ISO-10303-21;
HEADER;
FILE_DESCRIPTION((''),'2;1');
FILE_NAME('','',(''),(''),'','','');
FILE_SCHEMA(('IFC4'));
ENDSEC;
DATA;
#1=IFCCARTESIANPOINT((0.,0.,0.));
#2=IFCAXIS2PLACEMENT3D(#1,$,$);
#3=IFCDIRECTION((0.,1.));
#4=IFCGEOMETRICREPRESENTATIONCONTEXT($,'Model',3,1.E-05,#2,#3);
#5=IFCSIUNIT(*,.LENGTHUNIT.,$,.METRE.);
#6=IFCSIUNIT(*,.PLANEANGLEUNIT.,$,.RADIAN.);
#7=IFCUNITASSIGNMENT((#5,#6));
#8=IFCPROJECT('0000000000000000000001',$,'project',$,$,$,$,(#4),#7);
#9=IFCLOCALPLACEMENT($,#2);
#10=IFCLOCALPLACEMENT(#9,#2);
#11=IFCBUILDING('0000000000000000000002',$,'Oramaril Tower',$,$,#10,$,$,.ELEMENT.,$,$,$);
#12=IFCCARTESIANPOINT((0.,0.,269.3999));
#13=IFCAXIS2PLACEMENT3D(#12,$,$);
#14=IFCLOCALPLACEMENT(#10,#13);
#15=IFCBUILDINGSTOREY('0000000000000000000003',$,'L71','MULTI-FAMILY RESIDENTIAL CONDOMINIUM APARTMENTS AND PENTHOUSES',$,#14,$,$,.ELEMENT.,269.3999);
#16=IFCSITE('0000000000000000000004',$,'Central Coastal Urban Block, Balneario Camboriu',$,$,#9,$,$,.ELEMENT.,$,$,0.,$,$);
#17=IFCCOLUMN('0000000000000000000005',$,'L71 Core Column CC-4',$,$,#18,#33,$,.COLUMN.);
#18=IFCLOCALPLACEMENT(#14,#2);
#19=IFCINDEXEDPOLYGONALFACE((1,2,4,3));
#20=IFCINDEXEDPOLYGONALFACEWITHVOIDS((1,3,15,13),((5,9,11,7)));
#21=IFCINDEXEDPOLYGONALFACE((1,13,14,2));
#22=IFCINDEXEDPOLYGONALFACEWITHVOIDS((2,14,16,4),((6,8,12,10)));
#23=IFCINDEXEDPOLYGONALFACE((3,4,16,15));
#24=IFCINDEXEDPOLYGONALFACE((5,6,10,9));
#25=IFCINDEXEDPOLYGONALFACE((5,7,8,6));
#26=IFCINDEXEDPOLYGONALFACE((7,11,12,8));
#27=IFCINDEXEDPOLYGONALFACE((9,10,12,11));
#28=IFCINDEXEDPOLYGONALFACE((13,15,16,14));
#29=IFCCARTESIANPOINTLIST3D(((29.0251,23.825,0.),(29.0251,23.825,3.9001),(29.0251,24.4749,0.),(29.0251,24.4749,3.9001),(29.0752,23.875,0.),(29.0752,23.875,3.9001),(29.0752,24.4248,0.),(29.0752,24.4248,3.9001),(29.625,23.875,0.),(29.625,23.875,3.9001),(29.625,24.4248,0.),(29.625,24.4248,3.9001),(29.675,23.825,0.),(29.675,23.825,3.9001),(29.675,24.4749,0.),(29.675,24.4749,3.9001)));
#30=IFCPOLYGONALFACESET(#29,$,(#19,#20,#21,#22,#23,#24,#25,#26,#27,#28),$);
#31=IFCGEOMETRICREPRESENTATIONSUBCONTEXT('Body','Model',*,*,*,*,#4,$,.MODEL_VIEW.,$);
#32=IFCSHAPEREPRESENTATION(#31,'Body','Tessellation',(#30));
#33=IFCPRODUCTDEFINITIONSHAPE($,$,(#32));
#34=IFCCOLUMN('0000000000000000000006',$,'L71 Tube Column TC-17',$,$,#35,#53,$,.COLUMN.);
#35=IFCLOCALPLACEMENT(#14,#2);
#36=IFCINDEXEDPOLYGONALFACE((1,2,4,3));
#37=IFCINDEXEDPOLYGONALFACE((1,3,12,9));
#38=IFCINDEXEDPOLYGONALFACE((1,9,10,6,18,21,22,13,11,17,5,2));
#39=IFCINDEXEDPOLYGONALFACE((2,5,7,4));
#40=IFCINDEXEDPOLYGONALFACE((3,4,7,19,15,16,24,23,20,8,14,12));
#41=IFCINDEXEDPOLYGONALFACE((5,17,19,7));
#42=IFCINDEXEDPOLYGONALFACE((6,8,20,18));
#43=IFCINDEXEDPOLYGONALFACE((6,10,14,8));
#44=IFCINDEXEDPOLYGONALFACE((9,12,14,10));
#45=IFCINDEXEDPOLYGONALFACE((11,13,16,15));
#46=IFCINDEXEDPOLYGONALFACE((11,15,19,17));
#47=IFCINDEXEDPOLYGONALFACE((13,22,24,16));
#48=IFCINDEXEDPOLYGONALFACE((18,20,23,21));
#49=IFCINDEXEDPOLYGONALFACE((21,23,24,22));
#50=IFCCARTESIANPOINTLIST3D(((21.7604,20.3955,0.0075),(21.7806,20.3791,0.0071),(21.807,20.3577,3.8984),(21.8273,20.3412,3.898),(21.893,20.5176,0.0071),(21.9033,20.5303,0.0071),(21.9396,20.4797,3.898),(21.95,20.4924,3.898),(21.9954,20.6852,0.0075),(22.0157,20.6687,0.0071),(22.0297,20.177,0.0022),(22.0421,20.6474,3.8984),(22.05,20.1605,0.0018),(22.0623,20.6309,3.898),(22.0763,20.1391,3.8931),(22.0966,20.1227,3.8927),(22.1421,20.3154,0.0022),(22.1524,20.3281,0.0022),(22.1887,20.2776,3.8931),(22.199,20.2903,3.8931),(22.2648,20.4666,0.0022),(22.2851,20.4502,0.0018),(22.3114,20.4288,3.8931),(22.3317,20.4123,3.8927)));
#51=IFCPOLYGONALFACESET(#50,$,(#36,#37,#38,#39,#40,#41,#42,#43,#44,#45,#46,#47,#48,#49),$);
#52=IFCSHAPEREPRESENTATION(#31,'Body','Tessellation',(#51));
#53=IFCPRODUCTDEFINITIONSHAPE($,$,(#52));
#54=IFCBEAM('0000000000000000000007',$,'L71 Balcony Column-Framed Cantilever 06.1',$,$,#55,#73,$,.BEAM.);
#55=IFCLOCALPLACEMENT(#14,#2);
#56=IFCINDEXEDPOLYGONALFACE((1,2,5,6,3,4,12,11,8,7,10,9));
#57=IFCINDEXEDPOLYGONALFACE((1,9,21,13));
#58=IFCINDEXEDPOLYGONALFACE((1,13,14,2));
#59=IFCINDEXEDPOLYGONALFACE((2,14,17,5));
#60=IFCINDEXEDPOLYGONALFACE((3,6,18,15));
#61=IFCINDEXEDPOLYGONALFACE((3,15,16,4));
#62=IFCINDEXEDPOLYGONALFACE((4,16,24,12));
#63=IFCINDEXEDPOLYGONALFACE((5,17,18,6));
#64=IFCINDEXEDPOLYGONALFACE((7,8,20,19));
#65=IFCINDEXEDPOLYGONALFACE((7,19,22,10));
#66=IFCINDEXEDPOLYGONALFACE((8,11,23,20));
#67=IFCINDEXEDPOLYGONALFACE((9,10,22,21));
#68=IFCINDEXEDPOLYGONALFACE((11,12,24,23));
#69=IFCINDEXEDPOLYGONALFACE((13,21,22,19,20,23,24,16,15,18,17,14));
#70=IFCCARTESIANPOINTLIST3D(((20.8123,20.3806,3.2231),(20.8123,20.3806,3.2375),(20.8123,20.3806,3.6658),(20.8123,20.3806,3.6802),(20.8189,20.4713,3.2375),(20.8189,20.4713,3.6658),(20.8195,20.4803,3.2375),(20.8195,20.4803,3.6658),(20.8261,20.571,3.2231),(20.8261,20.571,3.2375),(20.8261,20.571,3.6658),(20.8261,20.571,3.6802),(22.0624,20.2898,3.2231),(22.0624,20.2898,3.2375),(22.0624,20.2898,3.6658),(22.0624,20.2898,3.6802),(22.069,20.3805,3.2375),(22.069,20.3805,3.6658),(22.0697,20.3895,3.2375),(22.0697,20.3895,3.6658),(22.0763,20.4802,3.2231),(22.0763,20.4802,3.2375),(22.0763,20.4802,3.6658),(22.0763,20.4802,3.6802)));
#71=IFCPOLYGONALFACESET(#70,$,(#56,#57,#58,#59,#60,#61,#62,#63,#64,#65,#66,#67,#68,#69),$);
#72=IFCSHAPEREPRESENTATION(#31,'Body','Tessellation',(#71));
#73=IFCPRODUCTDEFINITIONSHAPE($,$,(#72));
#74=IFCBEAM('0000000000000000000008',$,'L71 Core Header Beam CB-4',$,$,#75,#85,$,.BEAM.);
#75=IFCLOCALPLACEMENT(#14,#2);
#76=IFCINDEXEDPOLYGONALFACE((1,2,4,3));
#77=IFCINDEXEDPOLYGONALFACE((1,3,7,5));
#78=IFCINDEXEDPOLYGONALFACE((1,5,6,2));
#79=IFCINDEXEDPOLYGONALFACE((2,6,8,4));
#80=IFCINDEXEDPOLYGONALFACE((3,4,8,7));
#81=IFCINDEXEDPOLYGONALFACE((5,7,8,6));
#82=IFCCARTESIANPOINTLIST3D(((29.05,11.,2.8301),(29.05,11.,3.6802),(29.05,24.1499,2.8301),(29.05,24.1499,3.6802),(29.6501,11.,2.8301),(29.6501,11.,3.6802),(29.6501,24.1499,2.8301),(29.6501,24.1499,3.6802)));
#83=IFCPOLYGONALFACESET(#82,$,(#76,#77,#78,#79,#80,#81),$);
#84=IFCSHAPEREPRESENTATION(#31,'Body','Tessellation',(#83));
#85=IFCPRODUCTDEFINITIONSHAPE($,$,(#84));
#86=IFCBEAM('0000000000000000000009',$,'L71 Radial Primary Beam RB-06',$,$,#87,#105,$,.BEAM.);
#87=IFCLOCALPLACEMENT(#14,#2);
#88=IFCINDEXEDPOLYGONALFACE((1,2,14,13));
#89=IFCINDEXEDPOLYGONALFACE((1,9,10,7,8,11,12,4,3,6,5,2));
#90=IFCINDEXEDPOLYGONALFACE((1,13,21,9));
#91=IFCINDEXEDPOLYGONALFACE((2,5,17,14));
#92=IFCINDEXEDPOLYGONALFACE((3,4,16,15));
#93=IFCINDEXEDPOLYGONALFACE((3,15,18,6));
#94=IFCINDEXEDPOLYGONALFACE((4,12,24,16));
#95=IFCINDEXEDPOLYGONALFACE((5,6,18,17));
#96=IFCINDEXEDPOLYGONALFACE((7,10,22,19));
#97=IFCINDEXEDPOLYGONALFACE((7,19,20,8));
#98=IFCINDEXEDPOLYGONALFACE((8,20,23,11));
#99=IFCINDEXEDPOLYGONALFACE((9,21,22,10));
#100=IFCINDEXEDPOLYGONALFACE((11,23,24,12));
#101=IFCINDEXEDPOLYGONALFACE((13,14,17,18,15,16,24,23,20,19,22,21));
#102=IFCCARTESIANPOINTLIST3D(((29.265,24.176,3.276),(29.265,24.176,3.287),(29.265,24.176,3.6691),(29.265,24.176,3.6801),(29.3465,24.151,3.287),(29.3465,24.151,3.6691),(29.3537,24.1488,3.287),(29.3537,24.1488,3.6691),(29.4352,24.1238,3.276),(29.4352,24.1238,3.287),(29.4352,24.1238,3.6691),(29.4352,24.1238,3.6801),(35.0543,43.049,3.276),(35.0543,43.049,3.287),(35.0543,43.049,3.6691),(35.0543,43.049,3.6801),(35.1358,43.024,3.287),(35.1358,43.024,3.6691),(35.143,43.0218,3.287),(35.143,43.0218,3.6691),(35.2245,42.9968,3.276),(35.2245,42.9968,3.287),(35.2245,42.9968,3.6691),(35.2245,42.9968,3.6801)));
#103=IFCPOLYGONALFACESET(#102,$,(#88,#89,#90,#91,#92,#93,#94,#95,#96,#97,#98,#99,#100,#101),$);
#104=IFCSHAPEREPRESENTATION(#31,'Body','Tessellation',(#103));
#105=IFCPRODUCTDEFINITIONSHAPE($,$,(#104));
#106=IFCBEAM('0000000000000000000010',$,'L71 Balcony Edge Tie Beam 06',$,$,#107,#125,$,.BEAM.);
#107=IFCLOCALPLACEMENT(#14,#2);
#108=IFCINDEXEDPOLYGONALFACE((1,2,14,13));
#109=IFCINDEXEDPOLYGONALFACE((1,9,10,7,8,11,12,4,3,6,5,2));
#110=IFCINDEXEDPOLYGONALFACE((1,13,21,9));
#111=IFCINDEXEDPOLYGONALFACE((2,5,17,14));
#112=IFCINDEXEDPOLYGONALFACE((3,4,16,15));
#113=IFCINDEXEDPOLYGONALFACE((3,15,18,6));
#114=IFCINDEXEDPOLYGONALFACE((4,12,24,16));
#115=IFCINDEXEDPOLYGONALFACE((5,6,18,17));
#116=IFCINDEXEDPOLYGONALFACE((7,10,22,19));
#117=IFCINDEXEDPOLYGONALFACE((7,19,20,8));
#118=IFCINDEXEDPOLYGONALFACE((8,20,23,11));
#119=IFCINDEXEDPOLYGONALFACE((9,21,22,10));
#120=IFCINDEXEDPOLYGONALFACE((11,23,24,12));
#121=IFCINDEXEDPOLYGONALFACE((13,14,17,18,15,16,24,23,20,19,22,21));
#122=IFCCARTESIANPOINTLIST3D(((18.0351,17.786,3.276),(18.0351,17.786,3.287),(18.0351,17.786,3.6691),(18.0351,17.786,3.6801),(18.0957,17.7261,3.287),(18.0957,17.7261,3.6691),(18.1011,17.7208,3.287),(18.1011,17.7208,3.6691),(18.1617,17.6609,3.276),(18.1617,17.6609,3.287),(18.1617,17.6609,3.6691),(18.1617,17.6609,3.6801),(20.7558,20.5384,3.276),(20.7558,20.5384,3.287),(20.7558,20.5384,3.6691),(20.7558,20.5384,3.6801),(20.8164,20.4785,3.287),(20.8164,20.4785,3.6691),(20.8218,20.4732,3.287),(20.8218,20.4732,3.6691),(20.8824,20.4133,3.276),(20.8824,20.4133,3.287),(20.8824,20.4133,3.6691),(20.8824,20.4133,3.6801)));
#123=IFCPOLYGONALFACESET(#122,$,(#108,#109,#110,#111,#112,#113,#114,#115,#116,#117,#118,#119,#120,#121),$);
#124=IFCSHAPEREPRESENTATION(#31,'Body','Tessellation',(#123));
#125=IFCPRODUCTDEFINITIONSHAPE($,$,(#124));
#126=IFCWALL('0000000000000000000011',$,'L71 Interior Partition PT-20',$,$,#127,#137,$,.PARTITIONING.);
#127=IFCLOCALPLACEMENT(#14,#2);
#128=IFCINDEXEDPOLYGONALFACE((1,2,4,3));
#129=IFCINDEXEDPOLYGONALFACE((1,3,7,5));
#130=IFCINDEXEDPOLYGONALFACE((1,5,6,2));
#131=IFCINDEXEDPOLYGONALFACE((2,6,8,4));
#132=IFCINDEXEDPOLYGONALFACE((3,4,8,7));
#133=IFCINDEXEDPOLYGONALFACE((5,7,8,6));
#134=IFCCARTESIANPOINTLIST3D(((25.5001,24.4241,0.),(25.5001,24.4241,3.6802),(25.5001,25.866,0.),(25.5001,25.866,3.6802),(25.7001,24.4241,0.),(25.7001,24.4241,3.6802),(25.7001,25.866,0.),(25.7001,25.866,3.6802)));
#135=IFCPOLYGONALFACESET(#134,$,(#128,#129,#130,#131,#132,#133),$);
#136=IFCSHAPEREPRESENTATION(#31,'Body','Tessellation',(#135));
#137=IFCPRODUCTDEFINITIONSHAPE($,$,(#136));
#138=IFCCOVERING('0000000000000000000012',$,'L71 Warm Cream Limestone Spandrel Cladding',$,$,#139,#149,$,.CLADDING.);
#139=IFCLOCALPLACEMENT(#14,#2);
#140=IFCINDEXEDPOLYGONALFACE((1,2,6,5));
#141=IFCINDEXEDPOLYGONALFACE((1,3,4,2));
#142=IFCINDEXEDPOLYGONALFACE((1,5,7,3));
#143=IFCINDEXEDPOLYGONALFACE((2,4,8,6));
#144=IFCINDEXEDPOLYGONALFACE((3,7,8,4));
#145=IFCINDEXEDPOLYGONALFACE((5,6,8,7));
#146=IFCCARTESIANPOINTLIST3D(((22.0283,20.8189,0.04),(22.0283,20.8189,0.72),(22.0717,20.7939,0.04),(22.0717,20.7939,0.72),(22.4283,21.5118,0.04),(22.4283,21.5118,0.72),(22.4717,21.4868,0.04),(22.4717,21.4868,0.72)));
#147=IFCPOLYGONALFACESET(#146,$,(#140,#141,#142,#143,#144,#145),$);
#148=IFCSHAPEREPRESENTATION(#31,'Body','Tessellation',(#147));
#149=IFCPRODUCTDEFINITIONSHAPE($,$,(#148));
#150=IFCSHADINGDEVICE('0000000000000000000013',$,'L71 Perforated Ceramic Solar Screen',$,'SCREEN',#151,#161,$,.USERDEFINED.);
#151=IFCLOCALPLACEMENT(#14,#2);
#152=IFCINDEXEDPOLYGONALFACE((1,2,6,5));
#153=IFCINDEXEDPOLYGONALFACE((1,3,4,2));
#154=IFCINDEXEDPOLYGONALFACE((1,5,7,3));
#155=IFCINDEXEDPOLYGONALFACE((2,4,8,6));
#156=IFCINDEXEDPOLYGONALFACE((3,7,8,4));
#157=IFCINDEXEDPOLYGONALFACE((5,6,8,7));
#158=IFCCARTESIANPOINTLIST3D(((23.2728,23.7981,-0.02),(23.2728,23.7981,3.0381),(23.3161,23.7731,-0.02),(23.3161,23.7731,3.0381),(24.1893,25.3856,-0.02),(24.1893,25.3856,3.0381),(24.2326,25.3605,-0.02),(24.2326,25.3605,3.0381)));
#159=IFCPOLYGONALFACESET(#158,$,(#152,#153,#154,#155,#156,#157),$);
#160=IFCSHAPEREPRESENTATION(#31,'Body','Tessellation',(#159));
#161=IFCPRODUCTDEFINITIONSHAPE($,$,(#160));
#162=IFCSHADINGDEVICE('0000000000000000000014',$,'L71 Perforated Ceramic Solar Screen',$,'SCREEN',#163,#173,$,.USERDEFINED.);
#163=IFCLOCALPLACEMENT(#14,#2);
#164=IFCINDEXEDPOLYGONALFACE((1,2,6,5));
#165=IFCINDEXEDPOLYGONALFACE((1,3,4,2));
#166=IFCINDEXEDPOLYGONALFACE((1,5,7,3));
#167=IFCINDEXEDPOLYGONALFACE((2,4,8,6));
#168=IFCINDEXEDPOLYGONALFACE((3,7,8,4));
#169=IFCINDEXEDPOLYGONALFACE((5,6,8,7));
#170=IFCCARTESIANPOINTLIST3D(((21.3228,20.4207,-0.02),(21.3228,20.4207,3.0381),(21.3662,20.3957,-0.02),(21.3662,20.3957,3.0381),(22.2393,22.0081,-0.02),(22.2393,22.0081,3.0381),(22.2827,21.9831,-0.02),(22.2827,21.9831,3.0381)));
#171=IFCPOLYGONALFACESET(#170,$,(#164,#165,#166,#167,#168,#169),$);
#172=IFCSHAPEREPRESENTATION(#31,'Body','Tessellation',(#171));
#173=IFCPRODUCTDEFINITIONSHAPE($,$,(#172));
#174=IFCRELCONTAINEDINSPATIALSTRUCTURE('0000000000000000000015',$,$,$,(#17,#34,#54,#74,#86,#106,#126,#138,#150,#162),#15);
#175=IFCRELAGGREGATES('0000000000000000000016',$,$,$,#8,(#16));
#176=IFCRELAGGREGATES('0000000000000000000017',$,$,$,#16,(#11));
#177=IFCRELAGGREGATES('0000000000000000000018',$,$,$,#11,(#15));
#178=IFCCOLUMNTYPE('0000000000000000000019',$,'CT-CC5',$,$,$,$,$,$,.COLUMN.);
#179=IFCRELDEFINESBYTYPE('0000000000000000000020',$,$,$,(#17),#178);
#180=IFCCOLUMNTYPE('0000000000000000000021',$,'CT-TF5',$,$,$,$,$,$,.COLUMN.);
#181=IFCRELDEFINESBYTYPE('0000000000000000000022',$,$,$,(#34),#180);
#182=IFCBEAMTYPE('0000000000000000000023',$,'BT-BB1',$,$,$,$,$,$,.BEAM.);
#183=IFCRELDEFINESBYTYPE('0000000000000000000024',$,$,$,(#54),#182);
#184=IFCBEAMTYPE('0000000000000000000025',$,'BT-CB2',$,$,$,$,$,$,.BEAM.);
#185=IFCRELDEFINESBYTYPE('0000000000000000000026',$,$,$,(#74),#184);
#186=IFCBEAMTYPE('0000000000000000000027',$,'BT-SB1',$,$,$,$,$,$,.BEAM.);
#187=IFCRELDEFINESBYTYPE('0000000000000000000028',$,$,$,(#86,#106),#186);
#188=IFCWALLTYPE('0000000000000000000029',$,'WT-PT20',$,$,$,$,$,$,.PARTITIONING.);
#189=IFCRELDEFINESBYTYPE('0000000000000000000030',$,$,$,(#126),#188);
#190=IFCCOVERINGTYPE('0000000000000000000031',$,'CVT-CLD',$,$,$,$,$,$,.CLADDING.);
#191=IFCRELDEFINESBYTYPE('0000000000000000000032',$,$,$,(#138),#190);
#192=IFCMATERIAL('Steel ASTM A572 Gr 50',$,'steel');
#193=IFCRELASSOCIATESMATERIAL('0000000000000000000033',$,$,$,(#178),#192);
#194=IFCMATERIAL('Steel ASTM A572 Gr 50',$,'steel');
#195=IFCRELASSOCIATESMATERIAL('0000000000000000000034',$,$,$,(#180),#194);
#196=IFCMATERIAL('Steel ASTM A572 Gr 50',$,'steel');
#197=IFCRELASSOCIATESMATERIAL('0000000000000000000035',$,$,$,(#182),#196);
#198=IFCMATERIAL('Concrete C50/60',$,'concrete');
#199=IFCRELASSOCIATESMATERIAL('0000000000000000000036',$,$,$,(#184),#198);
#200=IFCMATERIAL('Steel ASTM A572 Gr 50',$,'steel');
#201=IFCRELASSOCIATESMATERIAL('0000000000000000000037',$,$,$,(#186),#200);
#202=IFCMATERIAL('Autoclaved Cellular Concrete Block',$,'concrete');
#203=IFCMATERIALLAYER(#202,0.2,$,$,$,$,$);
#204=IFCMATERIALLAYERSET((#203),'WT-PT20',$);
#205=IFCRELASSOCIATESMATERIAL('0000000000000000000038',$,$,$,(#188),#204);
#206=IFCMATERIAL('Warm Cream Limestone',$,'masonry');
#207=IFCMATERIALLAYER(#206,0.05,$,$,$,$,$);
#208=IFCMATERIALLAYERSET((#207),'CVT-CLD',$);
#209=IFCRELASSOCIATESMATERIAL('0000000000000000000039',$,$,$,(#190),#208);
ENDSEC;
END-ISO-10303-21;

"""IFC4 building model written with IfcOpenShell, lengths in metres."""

from ifc_helpers import new_model, si_unit, direction, frame, frame_2d, origin, origin_2d, place, context, subcontext, project, spatial, rectangle, hollow_rectangle, i_section, extrude, material, layer, layer_set, material_profile, profile_set, type_object, element, save


model = new_model("IFC4")

# Units and contexts
model_context = context("Model", 3, precision=1e-05, world=origin(), true_north=direction((0.0, 1.0)))
body_context = subcontext(model_context, "Body", "Model", "MODEL_VIEW")
ifc_project = project(units=[si_unit("LENGTHUNIT", "METRE"), si_unit("PLANEANGLEUNIT", "RADIAN")], contexts=[model_context])

# Site, building, storey
site_placement = place(None, origin())
site = spatial("IfcSite", under=ifc_project, at=site_placement, Name="Central Coastal Urban Block, Balneario Camboriu", CompositionType="ELEMENT", RefElevation=0.0)
building_placement = place(site_placement, origin())
building = spatial("IfcBuilding", under=site, at=building_placement, Name="Oramaril Tower", CompositionType="ELEMENT")
storey_placement = place(building_placement, frame((0.0, 0.0, 269.3999)))
storey = spatial("IfcBuildingStorey", under=building, at=storey_placement, Name="L71", Description="MULTI-FAMILY RESIDENTIAL CONDOMINIUM APARTMENTS AND PENTHOUSES", CompositionType="ELEMENT", Elevation=269.3999)

# Columns
ifc_material_1 = material(Name="Steel ASTM A572 Gr 50", Category="steel")
ifc_material_profile_1 = material_profile(ifc_material_1, hollow_rectangle(XDim=0.6499, YDim=0.6499, WallThickness=0.05, at=origin_2d()), Name="BOX650X650X50")
ifc_profile_set_1 = profile_set([ifc_material_profile_1], Name="Steel ASTM A572 Gr 50")
column_type_1 = type_object("IfcColumnType", Name="CT-CC5", PredefinedType="COLUMN", material=ifc_profile_set_1)
column_1_placement = place(storey_placement, frame((29.3501, 24.1499, 0.0), z_axis=(0.0, 0.0, 1.0), x_axis=(1.0, 0.0, 0.0)))
element("IfcColumn", 1, at=column_1_placement, inside=storey, type_object=column_type_1, Name="L71 Core Column CC-4", PredefinedType="COLUMN", context=body_context, shape_type="SweptSolid", body=[
    extrude(hollow_rectangle(XDim=0.6499, YDim=0.6499, WallThickness=0.05, at=origin_2d()), origin(), (0.0, 0.0, 1.0), 3.9001),
])
ifc_material_2 = material(Name="Steel ASTM A572 Gr 50", Category="steel")
ifc_material_profile_2 = material_profile(ifc_material_2, i_section(OverallWidth=0.373, OverallDepth=0.373, WebThickness=0.0164, FlangeThickness=0.0261, at=origin_2d()), Name="W14X132")
ifc_profile_set_2 = profile_set([ifc_material_profile_2], Name="Steel ASTM A572 Gr 50")
column_type_2 = type_object("IfcColumnType", Name="CT-TF5", PredefinedType="COLUMN", material=ifc_profile_set_2)
column_2_placement = place(storey_placement, frame((22.0227, 20.4229, 0.0046), z_axis=(0.011983, -0.009725, 0.999881), x_axis=(0.630133, 0.776487, 0.0)))
element("IfcColumn", 2, at=column_2_placement, inside=storey, type_object=column_type_2, Name="L71 Tube Column TC-17", PredefinedType="COLUMN", context=body_context, shape_type="SweptSolid", body=[
    extrude(i_section(OverallWidth=0.373, OverallDepth=0.373, WebThickness=0.0164, FlangeThickness=0.0261, at=origin_2d()), origin(), (0.0, 0.0, 1.0), 3.8914),
])

# Beams
ifc_material_3 = material(Name="Steel ASTM A572 Gr 50", Category="steel")
ifc_material_profile_3 = material_profile(ifc_material_3, i_section(OverallWidth=0.1909, OverallDepth=0.457, WebThickness=0.009, FlangeThickness=0.0144, at=origin_2d()), Name="W18X50")
ifc_profile_set_3 = profile_set([ifc_material_profile_3], Name="Steel ASTM A572 Gr 50")
beam_type_1 = type_object("IfcBeamType", Name="BT-BB1", PredefinedType="BEAM", material=ifc_profile_set_3)
beam_1_placement = place(storey_placement, frame((22.0693, 20.385, 3.4517), z_axis=(-0.997372, 0.072451, 0.0), x_axis=(-0.072451, -0.997372, 0.0)))
element("IfcBeam", 3, at=beam_1_placement, inside=storey, type_object=beam_type_1, Name="L71 Balcony Column-Framed Cantilever 06.1", PredefinedType="BEAM", context=body_context, shape_type="SweptSolid", body=[
    extrude(i_section(OverallWidth=0.1909, OverallDepth=0.457, WebThickness=0.009, FlangeThickness=0.0144, at=origin_2d()), origin(), (0.0, 0.0, 1.0), 1.2534),
])
ifc_material_4 = material(Name="Concrete C50/60", Category="concrete")
ifc_material_profile_4 = material_profile(ifc_material_4, rectangle(XDim=0.6001, YDim=0.8501, at=origin_2d()), Name="CB600X850")
ifc_profile_set_4 = profile_set([ifc_material_profile_4], Name="Concrete C50/60")
beam_type_2 = type_object("IfcBeamType", Name="BT-CB2", PredefinedType="BEAM", material=ifc_profile_set_4)
beam_2_placement = place(storey_placement, frame((29.3501, 24.1499, 3.2551), z_axis=(0.0, -1.0, 0.0), x_axis=(1.0, 0.0, 0.0)))
element("IfcBeam", 4, at=beam_2_placement, inside=storey, type_object=beam_type_2, Name="L71 Core Header Beam CB-4", PredefinedType="BEAM", context=body_context, shape_type="SweptSolid", body=[
    extrude(rectangle(XDim=0.6001, YDim=0.8501, at=origin_2d()), origin(), (0.0, 0.0, 1.0), 13.1499),
])
ifc_material_5 = material(Name="Steel ASTM A572 Gr 50", Category="steel")
ifc_material_profile_5 = material_profile(ifc_material_5, i_section(OverallWidth=0.178, OverallDepth=0.4041, WebThickness=0.0076, FlangeThickness=0.011, at=origin_2d()), Name="W16X36")
ifc_profile_set_5 = profile_set([ifc_material_profile_5], Name="Steel ASTM A572 Gr 50")
beam_type_3 = type_object("IfcBeamType", Name="BT-SB1", PredefinedType="BEAM", material=ifc_profile_set_5)
beam_3_placement = place(storey_placement, frame((29.3501, 24.1499, 3.478), z_axis=(0.293263, 0.956032, 0.0), x_axis=(-0.956032, 0.293263, 0.0)))
element("IfcBeam", 5, at=beam_3_placement, inside=storey, type_object=beam_type_3, Name="L71 Radial Primary Beam RB-06", PredefinedType="BEAM", context=body_context, shape_type="SweptSolid", body=[
    extrude(i_section(OverallWidth=0.178, OverallDepth=0.4041, WebThickness=0.0076, FlangeThickness=0.011, at=origin_2d()), origin(), (0.0, 0.0, 1.0), 19.741),
])
beam_4_placement = place(storey_placement, frame((20.8191, 20.4758, 3.478), z_axis=(-0.702995, -0.711195, 0.0), x_axis=(0.711195, -0.702995, 0.0)))
element("IfcBeam", 6, at=beam_4_placement, inside=storey, type_object=beam_type_3, Name="L71 Balcony Edge Tie Beam 06", PredefinedType="BEAM", context=body_context, shape_type="SweptSolid", body=[
    extrude(i_section(OverallWidth=0.178, OverallDepth=0.4041, WebThickness=0.0076, FlangeThickness=0.011, at=origin_2d()), origin(), (0.0, 0.0, 1.0), 3.8701),
])

# Shared definitions
ifc_material_6 = material(Name="Autoclaved Cellular Concrete Block", Category="concrete")
ifc_layer_1 = layer(ifc_material_6, 0.2)
ifc_layer_set_1 = layer_set([ifc_layer_1], Name="WT-PT20")
wall_type_1 = type_object("IfcWallType", Name="WT-PT20", PredefinedType="PARTITIONING", material=ifc_layer_set_1)

# Wall
wall_1_placement = place(storey_placement, frame((25.6001, 24.4241, 0.0), z_axis=(0.0, 0.0, 1.0), x_axis=(0.0, 1.0, 0.0)))
element("IfcWall", 7, at=wall_1_placement, inside=storey, type_object=wall_type_1, Name="L71 Interior Partition PT-20", PredefinedType="PARTITIONING", context=body_context, shape_type="SweptSolid", body=[
    extrude(rectangle(XDim=1.4419, YDim=0.2, at=frame_2d((0.7209, 0.0))), origin(), (0.0, 0.0, 1.0), 3.6802),
])

# Covering
ifc_material_7 = material(Name="Warm Cream Limestone", Category="masonry")
ifc_layer_2 = layer(ifc_material_7, 0.05)
ifc_layer_set_2 = layer_set([ifc_layer_2], Name="CVT-CLD")
covering_type = type_object("IfcCoveringType", Name="CVT-CLD", PredefinedType="CLADDING", material=ifc_layer_set_2)
covering_placement = place(storey_placement, frame((22.25, 21.1528, 0.04), z_axis=(0.0, 0.0, 1.0), x_axis=(-0.5, -0.866025, 0.0)))
element("IfcCovering", 8, at=covering_placement, inside=storey, type_object=covering_type, Name="L71 Warm Cream Limestone Spandrel Cladding", PredefinedType="CLADDING", context=body_context, shape_type="SweptSolid", body=[
    extrude(rectangle(XDim=0.8, YDim=0.05, at=origin_2d()), origin(), (0.0, 0.0, 1.0), 0.6799),
])

# Shading devices
for number, where, z_axis, x_axis, name in (
    (9, (23.7527, 24.5793, -0.02), (0.0, 0.0, 1.0), (-0.5, -0.866025, 0.0), "L71 Perforated Ceramic Solar Screen"),
    (10, (21.8027, 21.2019, -0.02), (0.0, 0.0, 1.0), (-0.5, -0.866025, 0.0), "L71 Perforated Ceramic Solar Screen"),
):
    element("IfcShadingDevice", number, at=place(storey_placement, frame(where, z_axis=z_axis, x_axis=x_axis)), inside=storey, Name=name, ObjectType="SCREEN", PredefinedType="USERDEFINED", context=body_context, shape_type="SweptSolid", body=[
        extrude(rectangle(XDim=1.833, YDim=0.05, at=origin_2d()), origin(), (0.0, 0.0, 1.0), 3.0581),
    ])

save(model, "model.ifc")
